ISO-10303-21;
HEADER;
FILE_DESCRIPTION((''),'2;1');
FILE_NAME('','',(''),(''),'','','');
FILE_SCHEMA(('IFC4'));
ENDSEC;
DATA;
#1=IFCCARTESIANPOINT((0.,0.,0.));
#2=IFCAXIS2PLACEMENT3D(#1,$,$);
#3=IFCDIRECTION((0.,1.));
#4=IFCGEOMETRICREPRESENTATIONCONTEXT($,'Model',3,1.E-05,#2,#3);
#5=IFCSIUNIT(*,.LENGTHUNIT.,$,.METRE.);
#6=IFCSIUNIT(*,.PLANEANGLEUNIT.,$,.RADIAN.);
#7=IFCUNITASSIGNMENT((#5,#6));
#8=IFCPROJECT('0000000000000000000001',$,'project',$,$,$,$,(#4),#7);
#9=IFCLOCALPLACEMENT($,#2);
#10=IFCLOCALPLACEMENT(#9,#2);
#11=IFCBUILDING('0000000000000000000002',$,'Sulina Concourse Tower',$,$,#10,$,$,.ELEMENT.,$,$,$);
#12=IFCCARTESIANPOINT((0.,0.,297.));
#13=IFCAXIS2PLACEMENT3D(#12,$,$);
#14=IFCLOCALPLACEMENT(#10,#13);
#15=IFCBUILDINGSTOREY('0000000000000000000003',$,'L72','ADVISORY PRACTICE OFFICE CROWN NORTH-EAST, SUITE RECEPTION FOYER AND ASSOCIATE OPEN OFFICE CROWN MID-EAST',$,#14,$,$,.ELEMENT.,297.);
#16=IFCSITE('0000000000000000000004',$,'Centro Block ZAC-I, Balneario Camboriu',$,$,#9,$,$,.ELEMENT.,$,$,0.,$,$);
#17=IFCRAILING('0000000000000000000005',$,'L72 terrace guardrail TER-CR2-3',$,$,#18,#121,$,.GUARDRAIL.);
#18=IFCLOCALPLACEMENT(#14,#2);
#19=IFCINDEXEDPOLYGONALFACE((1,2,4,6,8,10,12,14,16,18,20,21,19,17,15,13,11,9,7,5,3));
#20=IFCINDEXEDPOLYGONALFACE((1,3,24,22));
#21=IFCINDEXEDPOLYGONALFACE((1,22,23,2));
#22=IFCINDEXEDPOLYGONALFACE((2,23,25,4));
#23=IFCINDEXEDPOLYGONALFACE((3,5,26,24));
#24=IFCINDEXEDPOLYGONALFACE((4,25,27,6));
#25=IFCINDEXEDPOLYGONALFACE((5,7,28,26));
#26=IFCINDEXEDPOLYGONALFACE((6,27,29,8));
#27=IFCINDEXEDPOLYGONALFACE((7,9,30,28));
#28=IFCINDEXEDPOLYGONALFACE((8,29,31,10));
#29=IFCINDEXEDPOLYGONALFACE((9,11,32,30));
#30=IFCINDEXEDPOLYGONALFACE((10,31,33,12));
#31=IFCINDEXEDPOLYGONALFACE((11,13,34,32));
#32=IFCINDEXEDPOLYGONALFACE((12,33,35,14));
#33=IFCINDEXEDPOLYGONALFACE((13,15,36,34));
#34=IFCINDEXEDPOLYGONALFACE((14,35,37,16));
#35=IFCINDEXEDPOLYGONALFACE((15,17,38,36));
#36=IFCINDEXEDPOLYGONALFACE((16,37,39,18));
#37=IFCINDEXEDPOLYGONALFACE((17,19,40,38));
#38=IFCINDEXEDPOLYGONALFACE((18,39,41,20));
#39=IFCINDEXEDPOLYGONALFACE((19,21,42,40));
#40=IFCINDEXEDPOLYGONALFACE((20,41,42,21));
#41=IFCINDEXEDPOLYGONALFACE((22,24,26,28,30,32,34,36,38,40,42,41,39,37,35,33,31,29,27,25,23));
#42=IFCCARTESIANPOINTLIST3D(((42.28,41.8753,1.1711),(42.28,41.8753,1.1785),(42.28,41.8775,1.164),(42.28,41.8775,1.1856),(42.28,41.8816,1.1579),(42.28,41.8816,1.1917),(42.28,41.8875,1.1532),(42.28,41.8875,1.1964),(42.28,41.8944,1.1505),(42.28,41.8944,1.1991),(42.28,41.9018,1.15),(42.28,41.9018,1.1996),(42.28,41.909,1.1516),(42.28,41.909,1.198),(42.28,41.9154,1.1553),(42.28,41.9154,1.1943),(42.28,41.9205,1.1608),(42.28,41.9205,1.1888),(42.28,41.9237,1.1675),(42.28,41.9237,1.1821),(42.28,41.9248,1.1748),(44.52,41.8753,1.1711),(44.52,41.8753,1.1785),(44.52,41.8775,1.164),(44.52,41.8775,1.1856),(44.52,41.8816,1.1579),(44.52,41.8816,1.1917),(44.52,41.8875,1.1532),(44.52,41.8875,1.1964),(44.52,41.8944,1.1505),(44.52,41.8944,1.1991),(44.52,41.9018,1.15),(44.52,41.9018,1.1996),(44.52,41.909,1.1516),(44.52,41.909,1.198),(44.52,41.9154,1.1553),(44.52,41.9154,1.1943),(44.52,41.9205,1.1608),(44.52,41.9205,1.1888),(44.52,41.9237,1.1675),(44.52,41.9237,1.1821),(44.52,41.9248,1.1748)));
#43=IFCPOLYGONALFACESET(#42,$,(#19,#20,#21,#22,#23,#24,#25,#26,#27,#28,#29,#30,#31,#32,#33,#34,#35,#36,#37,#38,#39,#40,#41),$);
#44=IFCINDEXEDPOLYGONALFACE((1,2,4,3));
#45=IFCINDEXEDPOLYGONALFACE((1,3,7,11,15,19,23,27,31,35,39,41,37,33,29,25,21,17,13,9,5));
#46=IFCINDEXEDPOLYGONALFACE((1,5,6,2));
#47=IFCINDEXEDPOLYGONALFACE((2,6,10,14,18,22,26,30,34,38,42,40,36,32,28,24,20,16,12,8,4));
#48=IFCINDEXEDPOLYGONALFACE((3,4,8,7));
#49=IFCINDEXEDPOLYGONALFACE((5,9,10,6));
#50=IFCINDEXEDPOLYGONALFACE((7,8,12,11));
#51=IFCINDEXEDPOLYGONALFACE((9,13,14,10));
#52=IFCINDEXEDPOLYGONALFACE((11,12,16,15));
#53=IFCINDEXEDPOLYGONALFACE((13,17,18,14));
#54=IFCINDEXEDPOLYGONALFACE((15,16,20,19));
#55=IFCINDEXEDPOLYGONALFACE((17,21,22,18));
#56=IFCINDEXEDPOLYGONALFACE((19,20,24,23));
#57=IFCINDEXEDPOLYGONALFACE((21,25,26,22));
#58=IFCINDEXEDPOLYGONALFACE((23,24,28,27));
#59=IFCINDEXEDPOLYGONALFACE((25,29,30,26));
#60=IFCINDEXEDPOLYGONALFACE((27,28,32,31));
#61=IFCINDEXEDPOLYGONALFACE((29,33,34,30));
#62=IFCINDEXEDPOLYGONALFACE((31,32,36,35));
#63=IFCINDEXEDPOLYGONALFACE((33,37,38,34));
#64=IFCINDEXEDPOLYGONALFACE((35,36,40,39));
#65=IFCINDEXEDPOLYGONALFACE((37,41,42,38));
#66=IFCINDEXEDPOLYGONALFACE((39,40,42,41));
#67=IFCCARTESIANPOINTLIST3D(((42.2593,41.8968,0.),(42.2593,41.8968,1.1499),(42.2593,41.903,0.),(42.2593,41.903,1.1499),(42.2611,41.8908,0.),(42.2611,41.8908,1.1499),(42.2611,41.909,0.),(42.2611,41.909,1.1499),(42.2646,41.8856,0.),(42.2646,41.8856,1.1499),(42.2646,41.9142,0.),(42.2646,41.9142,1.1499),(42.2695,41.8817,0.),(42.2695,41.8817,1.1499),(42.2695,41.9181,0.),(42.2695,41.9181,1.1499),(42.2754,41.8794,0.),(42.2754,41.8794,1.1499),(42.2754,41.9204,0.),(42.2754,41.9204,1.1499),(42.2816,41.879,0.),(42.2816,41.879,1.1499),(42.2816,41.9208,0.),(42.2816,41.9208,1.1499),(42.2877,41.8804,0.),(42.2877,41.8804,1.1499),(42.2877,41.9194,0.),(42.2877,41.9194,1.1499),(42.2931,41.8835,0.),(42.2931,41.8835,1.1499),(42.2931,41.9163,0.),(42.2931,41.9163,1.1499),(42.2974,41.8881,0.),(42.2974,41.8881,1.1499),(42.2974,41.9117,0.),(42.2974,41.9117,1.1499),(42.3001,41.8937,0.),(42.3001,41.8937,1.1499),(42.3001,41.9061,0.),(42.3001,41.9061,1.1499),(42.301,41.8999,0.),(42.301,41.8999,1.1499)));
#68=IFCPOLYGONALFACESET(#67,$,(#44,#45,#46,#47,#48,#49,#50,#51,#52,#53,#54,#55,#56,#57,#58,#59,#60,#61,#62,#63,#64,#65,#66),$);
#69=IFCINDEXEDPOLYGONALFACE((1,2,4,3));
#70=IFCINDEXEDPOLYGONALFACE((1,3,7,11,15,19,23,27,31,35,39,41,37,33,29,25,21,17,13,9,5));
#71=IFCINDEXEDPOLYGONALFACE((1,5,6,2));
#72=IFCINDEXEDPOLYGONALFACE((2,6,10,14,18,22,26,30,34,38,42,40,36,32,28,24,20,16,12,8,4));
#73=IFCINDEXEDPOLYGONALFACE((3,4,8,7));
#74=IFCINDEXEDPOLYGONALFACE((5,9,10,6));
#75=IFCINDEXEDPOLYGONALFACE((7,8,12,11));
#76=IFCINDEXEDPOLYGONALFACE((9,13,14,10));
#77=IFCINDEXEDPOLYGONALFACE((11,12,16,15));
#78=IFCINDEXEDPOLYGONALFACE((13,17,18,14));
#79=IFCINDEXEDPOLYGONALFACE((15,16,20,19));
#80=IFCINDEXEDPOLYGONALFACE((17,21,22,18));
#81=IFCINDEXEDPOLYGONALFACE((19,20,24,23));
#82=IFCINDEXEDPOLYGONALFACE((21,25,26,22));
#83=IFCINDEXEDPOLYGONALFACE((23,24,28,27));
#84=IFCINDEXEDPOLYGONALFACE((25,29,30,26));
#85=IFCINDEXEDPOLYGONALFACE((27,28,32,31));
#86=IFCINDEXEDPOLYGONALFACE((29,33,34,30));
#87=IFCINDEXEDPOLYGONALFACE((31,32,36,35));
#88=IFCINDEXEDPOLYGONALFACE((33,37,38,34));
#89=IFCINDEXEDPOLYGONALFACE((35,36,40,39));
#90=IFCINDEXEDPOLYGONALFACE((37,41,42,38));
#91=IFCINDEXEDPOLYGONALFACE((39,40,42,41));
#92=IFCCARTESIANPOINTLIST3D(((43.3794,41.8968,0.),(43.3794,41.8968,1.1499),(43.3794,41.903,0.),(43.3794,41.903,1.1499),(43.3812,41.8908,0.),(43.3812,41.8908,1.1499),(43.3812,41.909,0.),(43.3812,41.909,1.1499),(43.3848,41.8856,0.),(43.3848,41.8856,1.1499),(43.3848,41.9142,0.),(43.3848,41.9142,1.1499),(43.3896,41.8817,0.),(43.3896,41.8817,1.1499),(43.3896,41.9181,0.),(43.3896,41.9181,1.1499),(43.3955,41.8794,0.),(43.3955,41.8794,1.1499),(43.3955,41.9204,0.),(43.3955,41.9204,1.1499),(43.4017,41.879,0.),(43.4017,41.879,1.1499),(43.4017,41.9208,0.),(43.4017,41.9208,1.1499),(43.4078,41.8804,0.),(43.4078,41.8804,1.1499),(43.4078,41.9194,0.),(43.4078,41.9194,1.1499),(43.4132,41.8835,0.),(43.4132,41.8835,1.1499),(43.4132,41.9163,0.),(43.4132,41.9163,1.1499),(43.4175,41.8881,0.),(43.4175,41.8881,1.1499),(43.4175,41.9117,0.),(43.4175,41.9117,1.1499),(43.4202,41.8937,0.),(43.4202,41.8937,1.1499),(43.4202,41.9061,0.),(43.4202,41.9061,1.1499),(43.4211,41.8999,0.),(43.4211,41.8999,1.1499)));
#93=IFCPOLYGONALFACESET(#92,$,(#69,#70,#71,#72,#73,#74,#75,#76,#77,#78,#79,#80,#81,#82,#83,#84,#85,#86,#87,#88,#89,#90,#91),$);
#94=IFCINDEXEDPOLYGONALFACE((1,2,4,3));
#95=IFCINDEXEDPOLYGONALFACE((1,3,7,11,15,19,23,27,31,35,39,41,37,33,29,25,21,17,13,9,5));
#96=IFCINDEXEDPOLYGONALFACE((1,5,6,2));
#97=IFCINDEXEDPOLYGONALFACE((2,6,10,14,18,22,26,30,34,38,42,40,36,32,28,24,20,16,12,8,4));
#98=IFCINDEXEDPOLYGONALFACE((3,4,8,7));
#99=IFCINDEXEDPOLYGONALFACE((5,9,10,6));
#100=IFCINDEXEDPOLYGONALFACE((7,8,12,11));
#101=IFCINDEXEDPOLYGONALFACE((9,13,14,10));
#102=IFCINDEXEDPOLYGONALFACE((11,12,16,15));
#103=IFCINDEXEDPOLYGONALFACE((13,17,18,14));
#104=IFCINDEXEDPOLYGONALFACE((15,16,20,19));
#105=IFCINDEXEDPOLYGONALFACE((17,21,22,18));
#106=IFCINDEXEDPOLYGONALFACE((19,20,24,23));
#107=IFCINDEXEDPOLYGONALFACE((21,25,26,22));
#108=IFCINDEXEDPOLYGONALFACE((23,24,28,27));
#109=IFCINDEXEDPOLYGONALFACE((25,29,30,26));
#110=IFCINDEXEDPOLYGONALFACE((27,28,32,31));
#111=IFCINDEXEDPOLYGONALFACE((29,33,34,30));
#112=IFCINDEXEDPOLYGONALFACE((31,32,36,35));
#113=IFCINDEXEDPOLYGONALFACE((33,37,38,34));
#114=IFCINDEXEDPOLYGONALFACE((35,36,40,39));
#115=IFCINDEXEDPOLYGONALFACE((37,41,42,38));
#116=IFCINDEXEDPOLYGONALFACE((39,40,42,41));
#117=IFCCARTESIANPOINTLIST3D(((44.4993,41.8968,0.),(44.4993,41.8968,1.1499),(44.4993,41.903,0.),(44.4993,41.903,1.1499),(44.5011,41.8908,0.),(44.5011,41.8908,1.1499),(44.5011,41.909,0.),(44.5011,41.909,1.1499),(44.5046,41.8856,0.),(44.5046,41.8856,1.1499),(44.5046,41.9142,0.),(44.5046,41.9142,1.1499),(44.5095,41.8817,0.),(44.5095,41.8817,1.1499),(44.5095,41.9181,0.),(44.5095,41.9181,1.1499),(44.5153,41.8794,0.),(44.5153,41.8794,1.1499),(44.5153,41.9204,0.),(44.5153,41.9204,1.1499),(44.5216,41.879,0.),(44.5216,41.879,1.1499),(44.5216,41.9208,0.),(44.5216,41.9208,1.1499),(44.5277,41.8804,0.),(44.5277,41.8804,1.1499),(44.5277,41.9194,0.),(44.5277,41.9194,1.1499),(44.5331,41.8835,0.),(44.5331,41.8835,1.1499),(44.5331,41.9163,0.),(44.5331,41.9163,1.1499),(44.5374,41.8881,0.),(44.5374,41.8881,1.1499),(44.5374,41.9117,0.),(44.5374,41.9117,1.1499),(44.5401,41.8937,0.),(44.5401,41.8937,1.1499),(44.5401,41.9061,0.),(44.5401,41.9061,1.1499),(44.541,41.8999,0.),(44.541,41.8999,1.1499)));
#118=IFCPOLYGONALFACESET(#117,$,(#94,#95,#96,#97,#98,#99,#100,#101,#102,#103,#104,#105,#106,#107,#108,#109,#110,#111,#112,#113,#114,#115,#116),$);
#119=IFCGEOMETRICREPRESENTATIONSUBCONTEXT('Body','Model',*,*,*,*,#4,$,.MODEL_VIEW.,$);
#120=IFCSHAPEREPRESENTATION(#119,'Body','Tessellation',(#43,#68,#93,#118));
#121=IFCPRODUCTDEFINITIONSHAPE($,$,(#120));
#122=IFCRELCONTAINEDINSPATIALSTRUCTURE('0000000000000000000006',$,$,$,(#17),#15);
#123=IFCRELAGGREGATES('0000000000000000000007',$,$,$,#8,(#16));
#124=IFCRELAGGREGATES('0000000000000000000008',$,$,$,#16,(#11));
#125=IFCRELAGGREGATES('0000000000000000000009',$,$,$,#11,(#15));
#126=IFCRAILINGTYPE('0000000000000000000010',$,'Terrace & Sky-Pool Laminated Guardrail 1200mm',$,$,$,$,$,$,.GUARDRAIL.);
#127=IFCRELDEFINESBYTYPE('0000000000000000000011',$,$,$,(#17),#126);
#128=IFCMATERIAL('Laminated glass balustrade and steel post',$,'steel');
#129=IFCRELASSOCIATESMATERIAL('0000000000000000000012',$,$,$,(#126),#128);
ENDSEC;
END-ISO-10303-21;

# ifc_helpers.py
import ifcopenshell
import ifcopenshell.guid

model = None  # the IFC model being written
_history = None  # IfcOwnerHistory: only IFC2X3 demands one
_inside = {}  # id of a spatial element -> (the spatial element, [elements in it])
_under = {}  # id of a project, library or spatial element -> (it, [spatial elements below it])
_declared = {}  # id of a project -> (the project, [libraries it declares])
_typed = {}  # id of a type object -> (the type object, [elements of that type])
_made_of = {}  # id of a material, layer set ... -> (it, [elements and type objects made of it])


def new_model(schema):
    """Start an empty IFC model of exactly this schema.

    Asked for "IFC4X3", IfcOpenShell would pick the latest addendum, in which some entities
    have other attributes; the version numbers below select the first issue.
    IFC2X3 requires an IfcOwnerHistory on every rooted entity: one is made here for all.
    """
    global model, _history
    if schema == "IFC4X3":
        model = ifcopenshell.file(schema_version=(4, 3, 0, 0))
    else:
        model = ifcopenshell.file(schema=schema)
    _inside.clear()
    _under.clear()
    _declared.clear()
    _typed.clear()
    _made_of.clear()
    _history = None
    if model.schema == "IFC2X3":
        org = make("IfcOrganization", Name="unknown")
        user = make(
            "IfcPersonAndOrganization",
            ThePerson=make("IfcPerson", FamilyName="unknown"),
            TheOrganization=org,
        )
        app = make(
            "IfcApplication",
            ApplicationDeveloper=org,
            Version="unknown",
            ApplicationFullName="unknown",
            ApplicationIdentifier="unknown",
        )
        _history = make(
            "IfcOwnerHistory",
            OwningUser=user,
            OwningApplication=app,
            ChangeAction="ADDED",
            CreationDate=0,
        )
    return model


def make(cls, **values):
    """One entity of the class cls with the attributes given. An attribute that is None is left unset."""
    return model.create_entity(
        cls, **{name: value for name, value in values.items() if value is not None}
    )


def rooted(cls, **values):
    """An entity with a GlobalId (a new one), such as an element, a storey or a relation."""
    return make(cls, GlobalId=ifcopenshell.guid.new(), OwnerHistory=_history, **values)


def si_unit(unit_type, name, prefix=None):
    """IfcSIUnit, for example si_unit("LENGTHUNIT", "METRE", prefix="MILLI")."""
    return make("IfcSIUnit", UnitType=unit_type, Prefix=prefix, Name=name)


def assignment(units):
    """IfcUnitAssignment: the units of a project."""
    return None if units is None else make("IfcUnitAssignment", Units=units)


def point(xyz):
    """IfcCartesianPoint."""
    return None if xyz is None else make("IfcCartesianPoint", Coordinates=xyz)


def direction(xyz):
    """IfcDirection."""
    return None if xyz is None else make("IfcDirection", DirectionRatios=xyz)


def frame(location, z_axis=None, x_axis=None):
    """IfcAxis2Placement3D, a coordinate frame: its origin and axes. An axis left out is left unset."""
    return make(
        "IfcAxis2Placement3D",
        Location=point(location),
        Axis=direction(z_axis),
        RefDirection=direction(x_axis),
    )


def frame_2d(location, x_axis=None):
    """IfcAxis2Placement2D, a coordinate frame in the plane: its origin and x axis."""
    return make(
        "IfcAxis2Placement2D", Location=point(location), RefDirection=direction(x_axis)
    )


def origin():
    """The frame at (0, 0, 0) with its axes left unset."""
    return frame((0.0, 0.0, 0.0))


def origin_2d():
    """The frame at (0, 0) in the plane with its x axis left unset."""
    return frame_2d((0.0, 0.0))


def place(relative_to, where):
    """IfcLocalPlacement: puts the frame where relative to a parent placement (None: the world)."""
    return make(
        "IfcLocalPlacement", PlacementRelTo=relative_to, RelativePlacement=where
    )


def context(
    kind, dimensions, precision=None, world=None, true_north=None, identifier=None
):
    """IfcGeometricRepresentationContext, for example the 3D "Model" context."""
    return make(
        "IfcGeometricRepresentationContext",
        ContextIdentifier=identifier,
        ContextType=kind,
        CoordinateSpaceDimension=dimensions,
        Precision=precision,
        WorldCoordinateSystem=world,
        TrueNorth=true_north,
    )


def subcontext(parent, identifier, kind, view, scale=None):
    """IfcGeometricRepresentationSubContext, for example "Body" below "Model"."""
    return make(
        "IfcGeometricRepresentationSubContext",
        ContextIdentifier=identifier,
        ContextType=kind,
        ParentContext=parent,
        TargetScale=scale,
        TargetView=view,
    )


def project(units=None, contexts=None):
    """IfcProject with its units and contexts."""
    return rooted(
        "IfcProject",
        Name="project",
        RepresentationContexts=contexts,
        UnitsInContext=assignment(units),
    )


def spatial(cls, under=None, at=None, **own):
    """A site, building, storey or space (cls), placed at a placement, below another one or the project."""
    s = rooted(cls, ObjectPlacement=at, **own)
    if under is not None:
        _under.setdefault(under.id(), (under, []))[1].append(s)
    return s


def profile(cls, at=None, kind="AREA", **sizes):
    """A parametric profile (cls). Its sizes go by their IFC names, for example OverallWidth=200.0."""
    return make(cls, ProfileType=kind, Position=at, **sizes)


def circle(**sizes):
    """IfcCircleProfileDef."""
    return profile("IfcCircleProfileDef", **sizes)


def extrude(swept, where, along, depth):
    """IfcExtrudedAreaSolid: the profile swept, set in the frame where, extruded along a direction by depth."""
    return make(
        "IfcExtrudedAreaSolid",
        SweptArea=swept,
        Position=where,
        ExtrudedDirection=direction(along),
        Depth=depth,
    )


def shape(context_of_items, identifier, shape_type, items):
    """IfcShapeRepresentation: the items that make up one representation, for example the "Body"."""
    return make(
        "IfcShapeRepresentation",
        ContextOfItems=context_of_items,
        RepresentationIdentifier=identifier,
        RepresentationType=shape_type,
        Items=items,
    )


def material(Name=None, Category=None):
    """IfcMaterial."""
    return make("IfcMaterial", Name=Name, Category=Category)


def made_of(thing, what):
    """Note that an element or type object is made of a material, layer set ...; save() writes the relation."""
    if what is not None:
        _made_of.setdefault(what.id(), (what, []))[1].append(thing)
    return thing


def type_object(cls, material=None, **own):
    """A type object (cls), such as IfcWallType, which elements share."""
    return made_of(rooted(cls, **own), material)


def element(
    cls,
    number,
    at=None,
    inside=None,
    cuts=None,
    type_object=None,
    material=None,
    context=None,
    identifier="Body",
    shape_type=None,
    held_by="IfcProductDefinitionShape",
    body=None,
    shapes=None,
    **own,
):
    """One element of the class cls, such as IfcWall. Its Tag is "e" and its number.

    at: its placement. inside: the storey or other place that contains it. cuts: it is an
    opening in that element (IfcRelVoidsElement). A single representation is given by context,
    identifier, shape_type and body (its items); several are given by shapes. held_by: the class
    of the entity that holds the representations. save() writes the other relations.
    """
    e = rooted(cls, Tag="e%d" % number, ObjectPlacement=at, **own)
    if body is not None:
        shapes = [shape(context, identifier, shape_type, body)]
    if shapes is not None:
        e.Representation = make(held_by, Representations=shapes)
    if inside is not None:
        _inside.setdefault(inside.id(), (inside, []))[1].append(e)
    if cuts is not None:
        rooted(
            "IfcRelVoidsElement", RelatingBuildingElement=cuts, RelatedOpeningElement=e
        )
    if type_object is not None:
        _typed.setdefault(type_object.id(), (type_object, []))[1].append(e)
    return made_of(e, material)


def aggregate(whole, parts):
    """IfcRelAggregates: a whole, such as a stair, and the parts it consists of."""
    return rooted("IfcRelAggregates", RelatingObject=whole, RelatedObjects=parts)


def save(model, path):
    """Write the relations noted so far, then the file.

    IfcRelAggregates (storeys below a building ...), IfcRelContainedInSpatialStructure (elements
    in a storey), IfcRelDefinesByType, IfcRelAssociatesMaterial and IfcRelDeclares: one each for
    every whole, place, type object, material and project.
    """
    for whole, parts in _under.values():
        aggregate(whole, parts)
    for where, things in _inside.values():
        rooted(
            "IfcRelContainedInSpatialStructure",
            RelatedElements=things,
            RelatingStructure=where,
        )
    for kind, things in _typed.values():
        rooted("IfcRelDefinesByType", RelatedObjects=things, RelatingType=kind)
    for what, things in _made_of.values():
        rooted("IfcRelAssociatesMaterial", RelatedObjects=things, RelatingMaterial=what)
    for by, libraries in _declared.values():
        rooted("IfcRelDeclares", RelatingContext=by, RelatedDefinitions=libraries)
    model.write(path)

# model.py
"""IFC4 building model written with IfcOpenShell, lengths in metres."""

from ifc_helpers import new_model, si_unit, direction, frame, origin, origin_2d, place, context, subcontext, project, spatial, circle, extrude, material, type_object, element, save


model = new_model("IFC4")

# Units and contexts
model_context = context("Model", 3, precision=1e-05, world=origin(), true_north=direction((0.0, 1.0)))
body_context = subcontext(model_context, "Body", "Model", "MODEL_VIEW")
ifc_project = project(units=[si_unit("LENGTHUNIT", "METRE"), si_unit("PLANEANGLEUNIT", "RADIAN")], contexts=[model_context])

# Site, building, storey
site_placement = place(None, origin())
site = spatial("IfcSite", under=ifc_project, at=site_placement, Name="Centro Block ZAC-I, Balneario Camboriu", CompositionType="ELEMENT", RefElevation=0.0)
building_placement = place(site_placement, origin())
building = spatial("IfcBuilding", under=site, at=building_placement, Name="Sulina Concourse Tower", CompositionType="ELEMENT")
storey_placement = place(building_placement, frame((0.0, 0.0, 297.0)))
storey = spatial("IfcBuildingStorey", under=building, at=storey_placement, Name="L72", Description="ADVISORY PRACTICE OFFICE CROWN NORTH-EAST, SUITE RECEPTION FOYER AND ASSOCIATE OPEN OFFICE CROWN MID-EAST", CompositionType="ELEMENT", Elevation=297.0)

# Railing
ifc_material_1 = material(Name="Laminated glass balustrade and steel post", Category="steel")
railing_type_1 = type_object("IfcRailingType", Name="Terrace & Sky-Pool Laminated Guardrail 1200mm", PredefinedType="GUARDRAIL", material=ifc_material_1)
railing_1_placement = place(storey_placement, frame((42.28, 41.8999, 0.0)))
element("IfcRailing", 1, at=railing_1_placement, inside=storey, type_object=railing_type_1, Name="L72 terrace guardrail TER-CR2-3", PredefinedType="GUARDRAIL", context=body_context, shape_type="SweptSolid", body=[
    extrude(circle(Radius=0.0249, at=origin_2d()), frame((0.0, 0.0, 1.1748), z_axis=(1.0, 0.0, 0.0), x_axis=(0.0, 1.0, 0.0)), (0.0, 0.0, 1.0), 2.24),
    extrude(circle(Radius=0.021, at=origin_2d()), origin(), (0.0, 0.0, 1.0), 1.1499),
    extrude(circle(Radius=0.021, at=origin_2d()), frame((1.1201, 0.0, 0.0)), (0.0, 0.0, 1.0), 1.1499),
    extrude(circle(Radius=0.021, at=origin_2d()), frame((2.24, 0.0, 0.0)), (0.0, 0.0, 1.0), 1.1499),
])

save(model, "model.ifc")
